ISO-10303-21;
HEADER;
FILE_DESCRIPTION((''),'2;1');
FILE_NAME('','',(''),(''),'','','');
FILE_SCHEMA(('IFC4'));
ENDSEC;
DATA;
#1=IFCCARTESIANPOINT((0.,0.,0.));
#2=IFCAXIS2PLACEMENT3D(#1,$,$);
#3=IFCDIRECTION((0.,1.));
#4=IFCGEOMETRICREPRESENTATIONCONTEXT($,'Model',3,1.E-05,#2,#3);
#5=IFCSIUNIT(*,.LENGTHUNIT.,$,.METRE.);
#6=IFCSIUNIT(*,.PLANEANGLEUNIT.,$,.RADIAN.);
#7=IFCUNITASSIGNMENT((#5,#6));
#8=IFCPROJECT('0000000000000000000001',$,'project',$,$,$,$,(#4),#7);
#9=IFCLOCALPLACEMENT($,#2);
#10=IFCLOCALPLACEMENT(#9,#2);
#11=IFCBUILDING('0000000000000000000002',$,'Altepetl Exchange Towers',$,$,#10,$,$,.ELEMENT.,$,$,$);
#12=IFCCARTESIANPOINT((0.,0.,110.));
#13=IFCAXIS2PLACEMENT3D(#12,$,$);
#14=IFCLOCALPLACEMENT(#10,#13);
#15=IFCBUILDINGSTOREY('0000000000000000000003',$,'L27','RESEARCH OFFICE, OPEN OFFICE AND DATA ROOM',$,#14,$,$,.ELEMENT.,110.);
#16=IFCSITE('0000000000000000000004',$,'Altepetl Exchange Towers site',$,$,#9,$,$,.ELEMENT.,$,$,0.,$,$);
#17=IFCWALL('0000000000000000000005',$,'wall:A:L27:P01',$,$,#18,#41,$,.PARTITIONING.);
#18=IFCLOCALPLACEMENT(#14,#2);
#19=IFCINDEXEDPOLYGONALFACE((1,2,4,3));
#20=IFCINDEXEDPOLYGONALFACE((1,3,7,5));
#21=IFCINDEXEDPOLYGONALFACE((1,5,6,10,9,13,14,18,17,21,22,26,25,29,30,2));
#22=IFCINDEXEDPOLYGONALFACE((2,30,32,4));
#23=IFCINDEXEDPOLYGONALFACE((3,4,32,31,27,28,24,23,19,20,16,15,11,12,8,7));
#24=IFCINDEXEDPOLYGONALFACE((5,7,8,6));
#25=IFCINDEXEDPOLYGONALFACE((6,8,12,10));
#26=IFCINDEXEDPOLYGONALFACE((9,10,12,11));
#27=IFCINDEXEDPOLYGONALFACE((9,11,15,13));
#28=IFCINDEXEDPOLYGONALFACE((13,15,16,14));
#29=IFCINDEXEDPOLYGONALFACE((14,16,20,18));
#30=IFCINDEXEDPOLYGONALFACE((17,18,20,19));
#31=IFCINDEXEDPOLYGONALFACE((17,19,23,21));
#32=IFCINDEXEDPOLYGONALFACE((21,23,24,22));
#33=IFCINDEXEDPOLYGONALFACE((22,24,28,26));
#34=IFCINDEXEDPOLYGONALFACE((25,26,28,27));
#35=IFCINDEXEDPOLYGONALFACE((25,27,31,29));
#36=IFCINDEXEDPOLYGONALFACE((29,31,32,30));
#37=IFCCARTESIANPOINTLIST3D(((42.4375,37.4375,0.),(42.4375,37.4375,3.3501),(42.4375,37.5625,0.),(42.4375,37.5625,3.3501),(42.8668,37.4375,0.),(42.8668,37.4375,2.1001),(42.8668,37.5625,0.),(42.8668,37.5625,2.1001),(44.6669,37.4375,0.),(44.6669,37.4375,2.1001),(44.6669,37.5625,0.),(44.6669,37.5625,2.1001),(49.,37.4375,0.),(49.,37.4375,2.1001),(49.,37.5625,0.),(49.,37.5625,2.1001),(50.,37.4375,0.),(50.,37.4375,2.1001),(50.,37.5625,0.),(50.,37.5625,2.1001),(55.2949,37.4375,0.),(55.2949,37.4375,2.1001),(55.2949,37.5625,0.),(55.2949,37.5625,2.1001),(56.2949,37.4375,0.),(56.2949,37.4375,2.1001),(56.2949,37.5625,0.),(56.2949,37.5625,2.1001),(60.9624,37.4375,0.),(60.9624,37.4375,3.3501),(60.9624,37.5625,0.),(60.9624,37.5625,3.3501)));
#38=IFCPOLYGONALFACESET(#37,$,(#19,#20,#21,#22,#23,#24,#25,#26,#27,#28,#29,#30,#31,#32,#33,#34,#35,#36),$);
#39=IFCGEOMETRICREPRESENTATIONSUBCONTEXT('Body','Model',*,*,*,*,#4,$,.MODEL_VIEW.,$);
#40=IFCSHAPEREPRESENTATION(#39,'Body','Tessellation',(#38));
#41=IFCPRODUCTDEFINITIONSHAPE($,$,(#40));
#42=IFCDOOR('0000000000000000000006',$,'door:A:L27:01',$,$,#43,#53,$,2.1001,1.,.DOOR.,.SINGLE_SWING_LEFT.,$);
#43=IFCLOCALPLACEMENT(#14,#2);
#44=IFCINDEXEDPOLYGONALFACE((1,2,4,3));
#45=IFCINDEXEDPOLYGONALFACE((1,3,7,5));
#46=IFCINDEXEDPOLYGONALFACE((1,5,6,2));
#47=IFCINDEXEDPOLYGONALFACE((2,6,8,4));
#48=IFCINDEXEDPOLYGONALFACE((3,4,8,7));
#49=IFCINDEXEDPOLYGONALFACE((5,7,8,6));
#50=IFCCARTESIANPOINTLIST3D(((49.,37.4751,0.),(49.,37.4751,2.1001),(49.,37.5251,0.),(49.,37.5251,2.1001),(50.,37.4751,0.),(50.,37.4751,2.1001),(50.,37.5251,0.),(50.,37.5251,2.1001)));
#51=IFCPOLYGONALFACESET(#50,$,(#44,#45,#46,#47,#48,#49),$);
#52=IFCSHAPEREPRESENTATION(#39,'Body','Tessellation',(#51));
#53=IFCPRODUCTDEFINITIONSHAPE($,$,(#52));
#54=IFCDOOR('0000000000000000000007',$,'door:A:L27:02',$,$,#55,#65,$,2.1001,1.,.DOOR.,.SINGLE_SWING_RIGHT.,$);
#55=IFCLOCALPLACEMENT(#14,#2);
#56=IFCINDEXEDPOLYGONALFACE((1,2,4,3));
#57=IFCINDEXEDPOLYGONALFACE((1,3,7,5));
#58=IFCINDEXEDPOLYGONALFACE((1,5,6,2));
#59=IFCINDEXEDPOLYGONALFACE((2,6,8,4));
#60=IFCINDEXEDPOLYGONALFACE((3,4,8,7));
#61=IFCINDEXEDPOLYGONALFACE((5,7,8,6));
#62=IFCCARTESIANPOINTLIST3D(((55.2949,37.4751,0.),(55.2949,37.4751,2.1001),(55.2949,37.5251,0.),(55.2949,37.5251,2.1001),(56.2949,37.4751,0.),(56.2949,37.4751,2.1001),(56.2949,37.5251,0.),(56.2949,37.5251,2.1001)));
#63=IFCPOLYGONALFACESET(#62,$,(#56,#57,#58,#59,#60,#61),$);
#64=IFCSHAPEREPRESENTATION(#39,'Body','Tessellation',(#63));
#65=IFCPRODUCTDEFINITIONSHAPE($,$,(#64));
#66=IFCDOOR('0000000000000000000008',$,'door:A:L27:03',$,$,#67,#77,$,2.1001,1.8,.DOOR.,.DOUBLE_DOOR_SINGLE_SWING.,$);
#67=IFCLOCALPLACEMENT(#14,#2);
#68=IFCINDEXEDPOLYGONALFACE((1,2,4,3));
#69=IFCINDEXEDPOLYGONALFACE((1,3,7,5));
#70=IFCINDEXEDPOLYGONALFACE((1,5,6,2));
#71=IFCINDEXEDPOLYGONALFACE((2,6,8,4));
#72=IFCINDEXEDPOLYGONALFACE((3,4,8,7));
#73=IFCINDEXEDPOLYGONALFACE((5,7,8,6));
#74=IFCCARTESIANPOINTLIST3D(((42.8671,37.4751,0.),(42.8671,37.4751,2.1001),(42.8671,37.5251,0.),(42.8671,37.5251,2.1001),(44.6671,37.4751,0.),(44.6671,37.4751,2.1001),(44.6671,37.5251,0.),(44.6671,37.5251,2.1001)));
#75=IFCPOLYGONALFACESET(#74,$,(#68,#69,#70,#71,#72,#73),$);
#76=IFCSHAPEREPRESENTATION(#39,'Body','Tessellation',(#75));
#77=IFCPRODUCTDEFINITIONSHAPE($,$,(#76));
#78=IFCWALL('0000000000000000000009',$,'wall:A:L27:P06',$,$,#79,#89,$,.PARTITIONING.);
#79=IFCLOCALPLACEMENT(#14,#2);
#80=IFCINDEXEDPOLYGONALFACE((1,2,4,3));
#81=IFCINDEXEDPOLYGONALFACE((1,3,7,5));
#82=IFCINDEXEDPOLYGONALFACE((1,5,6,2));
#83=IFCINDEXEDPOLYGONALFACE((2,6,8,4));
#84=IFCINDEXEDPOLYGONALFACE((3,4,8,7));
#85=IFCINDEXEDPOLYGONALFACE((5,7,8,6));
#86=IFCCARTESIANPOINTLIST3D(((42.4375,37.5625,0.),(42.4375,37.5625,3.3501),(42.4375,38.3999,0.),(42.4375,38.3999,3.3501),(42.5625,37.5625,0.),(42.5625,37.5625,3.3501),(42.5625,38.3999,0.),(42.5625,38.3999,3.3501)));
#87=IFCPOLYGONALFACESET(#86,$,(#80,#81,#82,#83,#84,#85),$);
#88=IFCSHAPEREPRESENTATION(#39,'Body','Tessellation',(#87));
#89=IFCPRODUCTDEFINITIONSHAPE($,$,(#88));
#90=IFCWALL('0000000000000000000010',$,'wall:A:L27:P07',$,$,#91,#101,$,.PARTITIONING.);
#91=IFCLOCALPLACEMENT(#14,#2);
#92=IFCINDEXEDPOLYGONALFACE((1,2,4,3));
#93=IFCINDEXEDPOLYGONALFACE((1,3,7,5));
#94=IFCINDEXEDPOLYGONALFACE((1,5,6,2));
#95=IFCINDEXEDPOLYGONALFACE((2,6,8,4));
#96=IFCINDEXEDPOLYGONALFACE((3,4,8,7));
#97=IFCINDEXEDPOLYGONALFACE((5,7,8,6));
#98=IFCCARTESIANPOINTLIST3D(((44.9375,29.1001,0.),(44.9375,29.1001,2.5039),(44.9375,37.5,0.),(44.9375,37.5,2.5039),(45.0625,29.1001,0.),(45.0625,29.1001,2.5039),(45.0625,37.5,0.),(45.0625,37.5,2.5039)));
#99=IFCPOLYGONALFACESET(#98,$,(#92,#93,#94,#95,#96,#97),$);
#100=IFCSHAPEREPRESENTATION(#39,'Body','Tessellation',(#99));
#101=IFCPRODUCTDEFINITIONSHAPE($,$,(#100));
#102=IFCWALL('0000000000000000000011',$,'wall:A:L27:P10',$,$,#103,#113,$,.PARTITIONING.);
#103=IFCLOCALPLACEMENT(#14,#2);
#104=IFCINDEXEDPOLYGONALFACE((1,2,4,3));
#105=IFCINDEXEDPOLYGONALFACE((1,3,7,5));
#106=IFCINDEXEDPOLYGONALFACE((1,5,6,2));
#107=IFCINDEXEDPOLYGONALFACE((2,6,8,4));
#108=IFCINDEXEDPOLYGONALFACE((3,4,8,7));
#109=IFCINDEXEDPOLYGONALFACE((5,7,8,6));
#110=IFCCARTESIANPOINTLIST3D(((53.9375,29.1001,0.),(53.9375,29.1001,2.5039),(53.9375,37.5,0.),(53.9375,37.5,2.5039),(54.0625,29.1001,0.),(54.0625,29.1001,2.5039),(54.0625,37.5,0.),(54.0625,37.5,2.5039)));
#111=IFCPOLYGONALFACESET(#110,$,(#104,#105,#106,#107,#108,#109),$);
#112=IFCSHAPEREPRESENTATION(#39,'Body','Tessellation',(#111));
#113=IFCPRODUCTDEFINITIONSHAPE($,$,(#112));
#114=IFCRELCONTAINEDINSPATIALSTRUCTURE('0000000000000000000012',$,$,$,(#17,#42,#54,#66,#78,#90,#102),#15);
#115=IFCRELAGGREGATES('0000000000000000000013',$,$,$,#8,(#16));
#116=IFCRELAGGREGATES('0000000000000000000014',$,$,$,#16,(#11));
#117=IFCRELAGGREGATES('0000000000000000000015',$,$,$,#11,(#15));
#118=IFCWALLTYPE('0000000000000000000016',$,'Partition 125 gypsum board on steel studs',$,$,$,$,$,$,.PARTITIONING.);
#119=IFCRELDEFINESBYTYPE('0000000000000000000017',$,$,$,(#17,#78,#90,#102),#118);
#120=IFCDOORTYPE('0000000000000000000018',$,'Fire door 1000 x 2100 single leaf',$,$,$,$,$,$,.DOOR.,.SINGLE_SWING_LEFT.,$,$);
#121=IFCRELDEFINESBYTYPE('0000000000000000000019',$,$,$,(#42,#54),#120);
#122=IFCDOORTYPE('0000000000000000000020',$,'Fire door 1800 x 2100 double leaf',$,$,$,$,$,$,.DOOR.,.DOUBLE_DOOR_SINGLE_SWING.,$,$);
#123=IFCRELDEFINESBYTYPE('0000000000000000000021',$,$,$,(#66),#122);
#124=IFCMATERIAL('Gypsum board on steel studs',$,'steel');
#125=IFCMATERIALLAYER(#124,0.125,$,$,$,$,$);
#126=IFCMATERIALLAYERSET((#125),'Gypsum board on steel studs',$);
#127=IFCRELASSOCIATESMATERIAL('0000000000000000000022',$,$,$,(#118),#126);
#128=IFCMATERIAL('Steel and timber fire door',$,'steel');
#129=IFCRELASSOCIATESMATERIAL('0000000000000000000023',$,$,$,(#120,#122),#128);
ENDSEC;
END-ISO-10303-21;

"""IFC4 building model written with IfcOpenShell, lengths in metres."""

from ifc_helpers import new_model, si_unit, direction, frame, frame_2d, origin, place, context, subcontext, project, spatial, rectangle, extrude, material, layer, layer_set, type_object, element, fill, save


model = new_model("IFC4")

# Units and contexts
model_context = context("Model", 3, precision=1e-05, world=origin(), true_north=direction((0.0, 1.0)))
body_context = subcontext(model_context, "Body", "Model", "MODEL_VIEW")
ifc_project = project(units=[si_unit("LENGTHUNIT", "METRE"), si_unit("PLANEANGLEUNIT", "RADIAN")], contexts=[model_context])

# Site, building, storey
site_placement = place(None, origin())
site = spatial("IfcSite", under=ifc_project, at=site_placement, Name="Altepetl Exchange Towers site", CompositionType="ELEMENT", RefElevation=0.0)
building_placement = place(site_placement, origin())
building = spatial("IfcBuilding", under=site, at=building_placement, Name="Altepetl Exchange Towers", CompositionType="ELEMENT")
storey_placement = place(building_placement, frame((0.0, 0.0, 110.0)))
storey = spatial("IfcBuildingStorey", under=building, at=storey_placement, Name="L27", Description="RESEARCH OFFICE, OPEN OFFICE AND DATA ROOM", CompositionType="ELEMENT", Elevation=110.0)

# Wall, openings, doors
ifc_material_1 = material(Name="Gypsum board on steel studs", Category="steel")
ifc_layer_1 = layer(ifc_material_1, 0.125)
ifc_layer_set_1 = layer_set([ifc_layer_1], Name="Gypsum board on steel studs")
wall_type_1 = type_object("IfcWallType", Name="Partition 125 gypsum board on steel studs", PredefinedType="PARTITIONING", material=ifc_layer_set_1)
wall_1_placement = place(storey_placement, frame((42.4375, 37.5, 0.0)))
wall_1 = element("IfcWall", 1, at=wall_1_placement, inside=storey, type_object=wall_type_1, Name="wall:A:L27:P01", PredefinedType="PARTITIONING", context=body_context, shape_type="SweptSolid", body=[
    extrude(rectangle(XDim=18.5249, YDim=0.125, at=frame_2d((9.2625, 0.0))), origin(), (0.0, 0.0, 1.0), 3.3501),
])
opening_1_placement = place(wall_1_placement, frame((6.5625, 0.0, 0.0)))
opening_1 = element("IfcOpeningElement", 2, at=opening_1_placement, cuts=wall_1, PredefinedType="OPENING", context=body_context, shape_type="SweptSolid", body=[
    extrude(rectangle(XDim=1.0, YDim=2.1001, at=frame_2d((0.5, 1.05))), frame((0.0, 0.0725, 0.0), z_axis=(0.0, -1.0, 0.0), x_axis=(1.0, 0.0, 0.0)), (0.0, 0.0, 1.0), 0.145),
])
opening_2_placement = place(wall_1_placement, frame((12.8574, 0.0, 0.0)))
opening_2 = element("IfcOpeningElement", 3, at=opening_2_placement, cuts=wall_1, PredefinedType="OPENING", context=body_context, shape_type="SweptSolid", body=[
    extrude(rectangle(XDim=1.0, YDim=2.1001, at=frame_2d((0.5, 1.05))), frame((0.0, 0.0725, 0.0), z_axis=(0.0, -1.0, 0.0), x_axis=(1.0, 0.0, 0.0)), (0.0, 0.0, 1.0), 0.145),
])
opening_3_placement = place(wall_1_placement, frame((0.4294, 0.0, 0.0)))
opening_3 = element("IfcOpeningElement", 4, at=opening_3_placement, cuts=wall_1, PredefinedType="OPENING", context=body_context, shape_type="SweptSolid", body=[
    extrude(rectangle(XDim=1.8, YDim=2.1001, at=frame_2d((0.8999, 1.05))), frame((0.0, 0.0725, 0.0), z_axis=(0.0, -1.0, 0.0), x_axis=(1.0, 0.0, 0.0)), (0.0, 0.0, 1.0), 0.145),
])
ifc_material_2 = material(Name="Steel and timber fire door", Category="steel")
door_type_1 = type_object("IfcDoorType", Name="Fire door 1000 x 2100 single leaf", OperationType="SINGLE_SWING_LEFT", PredefinedType="DOOR", material=ifc_material_2)
door_1_placement = place(opening_1_placement, frame((1.0, 0.0, 0.0), x_axis=(-1.0, 0.0, 0.0)))
door_1 = element("IfcDoor", 5, at=door_1_placement, inside=storey, type_object=door_type_1, Name="door:A:L27:01", OperationType="SINGLE_SWING_LEFT", OverallHeight=2.1001, OverallWidth=1.0, PredefinedType="DOOR", context=body_context, shape_type="SweptSolid", body=[
    extrude(rectangle(XDim=1.0, YDim=2.1001, at=frame_2d((0.5, 1.05))), frame((0.0, 0.0249, 0.0), z_axis=(0.0, -1.0, 0.0), x_axis=(1.0, 0.0, 0.0)), (0.0, 0.0, 1.0), 0.05),
])
fill(opening_1, door_1)
door_2_placement = place(opening_2_placement, frame((1.0, 0.0, 0.0), x_axis=(-1.0, 0.0, 0.0)))
door_2 = element("IfcDoor", 6, at=door_2_placement, inside=storey, type_object=door_type_1, Name="door:A:L27:02", OperationType="SINGLE_SWING_RIGHT", OverallHeight=2.1001, OverallWidth=1.0, PredefinedType="DOOR", context=body_context, shape_type="SweptSolid", body=[
    extrude(rectangle(XDim=1.0, YDim=2.1001, at=frame_2d((0.5, 1.05))), frame((0.0, 0.0249, 0.0), z_axis=(0.0, -1.0, 0.0), x_axis=(1.0, 0.0, 0.0)), (0.0, 0.0, 1.0), 0.05),
])
fill(opening_2, door_2)
door_type_2 = type_object("IfcDoorType", Name="Fire door 1800 x 2100 double leaf", OperationType="DOUBLE_DOOR_SINGLE_SWING", PredefinedType="DOOR", material=ifc_material_2)
door_3_placement = place(opening_3_placement, frame((1.8, 0.0, 0.0), x_axis=(-1.0, 0.0, 0.0)))
door_3 = element("IfcDoor", 7, at=door_3_placement, inside=storey, type_object=door_type_2, Name="door:A:L27:03", OperationType="DOUBLE_DOOR_SINGLE_SWING", OverallHeight=2.1001, OverallWidth=1.8, PredefinedType="DOOR", context=body_context, shape_type="SweptSolid", body=[
    extrude(rectangle(XDim=1.8, YDim=2.1001, at=frame_2d((0.8999, 1.05))), frame((0.0, 0.0249, 0.0), z_axis=(0.0, -1.0, 0.0), x_axis=(1.0, 0.0, 0.0)), (0.0, 0.0, 1.0), 0.05),
])
fill(opening_3, door_3)

# Walls
wall_2_placement = place(storey_placement, frame((42.5, 37.5625, 0.0), z_axis=(0.0, 0.0, 1.0), x_axis=(0.0, 1.0, 0.0)))
element("IfcWall", 8, at=wall_2_placement, inside=storey, type_object=wall_type_1, Name="wall:A:L27:P06", PredefinedType="PARTITIONING", context=body_context, shape_type="SweptSolid", body=[
    extrude(rectangle(XDim=0.8374, YDim=0.125, at=frame_2d((0.4187, 0.0))), origin(), (0.0, 0.0, 1.0), 3.3501),
])
for number, where, z_axis, x_axis, name in (
    (9, (45.0, 29.1001, 0.0), (0.0, 0.0, 1.0), (0.0, 1.0, 0.0), "wall:A:L27:P07"),
    (10, (54.0, 29.1001, 0.0), (0.0, 0.0, 1.0), (0.0, 1.0, 0.0), "wall:A:L27:P10"),
):
    element("IfcWall", number, at=place(storey_placement, frame(where, z_axis=z_axis, x_axis=x_axis)), inside=storey, type_object=wall_type_1, Name=name, PredefinedType="PARTITIONING", context=body_context, shape_type="SweptSolid", body=[
        extrude(rectangle(XDim=8.3999, YDim=0.125, at=frame_2d((4.2, 0.0))), origin(), (0.0, 0.0, 1.0), 2.5039),
    ])

save(model, "model.ifc")
